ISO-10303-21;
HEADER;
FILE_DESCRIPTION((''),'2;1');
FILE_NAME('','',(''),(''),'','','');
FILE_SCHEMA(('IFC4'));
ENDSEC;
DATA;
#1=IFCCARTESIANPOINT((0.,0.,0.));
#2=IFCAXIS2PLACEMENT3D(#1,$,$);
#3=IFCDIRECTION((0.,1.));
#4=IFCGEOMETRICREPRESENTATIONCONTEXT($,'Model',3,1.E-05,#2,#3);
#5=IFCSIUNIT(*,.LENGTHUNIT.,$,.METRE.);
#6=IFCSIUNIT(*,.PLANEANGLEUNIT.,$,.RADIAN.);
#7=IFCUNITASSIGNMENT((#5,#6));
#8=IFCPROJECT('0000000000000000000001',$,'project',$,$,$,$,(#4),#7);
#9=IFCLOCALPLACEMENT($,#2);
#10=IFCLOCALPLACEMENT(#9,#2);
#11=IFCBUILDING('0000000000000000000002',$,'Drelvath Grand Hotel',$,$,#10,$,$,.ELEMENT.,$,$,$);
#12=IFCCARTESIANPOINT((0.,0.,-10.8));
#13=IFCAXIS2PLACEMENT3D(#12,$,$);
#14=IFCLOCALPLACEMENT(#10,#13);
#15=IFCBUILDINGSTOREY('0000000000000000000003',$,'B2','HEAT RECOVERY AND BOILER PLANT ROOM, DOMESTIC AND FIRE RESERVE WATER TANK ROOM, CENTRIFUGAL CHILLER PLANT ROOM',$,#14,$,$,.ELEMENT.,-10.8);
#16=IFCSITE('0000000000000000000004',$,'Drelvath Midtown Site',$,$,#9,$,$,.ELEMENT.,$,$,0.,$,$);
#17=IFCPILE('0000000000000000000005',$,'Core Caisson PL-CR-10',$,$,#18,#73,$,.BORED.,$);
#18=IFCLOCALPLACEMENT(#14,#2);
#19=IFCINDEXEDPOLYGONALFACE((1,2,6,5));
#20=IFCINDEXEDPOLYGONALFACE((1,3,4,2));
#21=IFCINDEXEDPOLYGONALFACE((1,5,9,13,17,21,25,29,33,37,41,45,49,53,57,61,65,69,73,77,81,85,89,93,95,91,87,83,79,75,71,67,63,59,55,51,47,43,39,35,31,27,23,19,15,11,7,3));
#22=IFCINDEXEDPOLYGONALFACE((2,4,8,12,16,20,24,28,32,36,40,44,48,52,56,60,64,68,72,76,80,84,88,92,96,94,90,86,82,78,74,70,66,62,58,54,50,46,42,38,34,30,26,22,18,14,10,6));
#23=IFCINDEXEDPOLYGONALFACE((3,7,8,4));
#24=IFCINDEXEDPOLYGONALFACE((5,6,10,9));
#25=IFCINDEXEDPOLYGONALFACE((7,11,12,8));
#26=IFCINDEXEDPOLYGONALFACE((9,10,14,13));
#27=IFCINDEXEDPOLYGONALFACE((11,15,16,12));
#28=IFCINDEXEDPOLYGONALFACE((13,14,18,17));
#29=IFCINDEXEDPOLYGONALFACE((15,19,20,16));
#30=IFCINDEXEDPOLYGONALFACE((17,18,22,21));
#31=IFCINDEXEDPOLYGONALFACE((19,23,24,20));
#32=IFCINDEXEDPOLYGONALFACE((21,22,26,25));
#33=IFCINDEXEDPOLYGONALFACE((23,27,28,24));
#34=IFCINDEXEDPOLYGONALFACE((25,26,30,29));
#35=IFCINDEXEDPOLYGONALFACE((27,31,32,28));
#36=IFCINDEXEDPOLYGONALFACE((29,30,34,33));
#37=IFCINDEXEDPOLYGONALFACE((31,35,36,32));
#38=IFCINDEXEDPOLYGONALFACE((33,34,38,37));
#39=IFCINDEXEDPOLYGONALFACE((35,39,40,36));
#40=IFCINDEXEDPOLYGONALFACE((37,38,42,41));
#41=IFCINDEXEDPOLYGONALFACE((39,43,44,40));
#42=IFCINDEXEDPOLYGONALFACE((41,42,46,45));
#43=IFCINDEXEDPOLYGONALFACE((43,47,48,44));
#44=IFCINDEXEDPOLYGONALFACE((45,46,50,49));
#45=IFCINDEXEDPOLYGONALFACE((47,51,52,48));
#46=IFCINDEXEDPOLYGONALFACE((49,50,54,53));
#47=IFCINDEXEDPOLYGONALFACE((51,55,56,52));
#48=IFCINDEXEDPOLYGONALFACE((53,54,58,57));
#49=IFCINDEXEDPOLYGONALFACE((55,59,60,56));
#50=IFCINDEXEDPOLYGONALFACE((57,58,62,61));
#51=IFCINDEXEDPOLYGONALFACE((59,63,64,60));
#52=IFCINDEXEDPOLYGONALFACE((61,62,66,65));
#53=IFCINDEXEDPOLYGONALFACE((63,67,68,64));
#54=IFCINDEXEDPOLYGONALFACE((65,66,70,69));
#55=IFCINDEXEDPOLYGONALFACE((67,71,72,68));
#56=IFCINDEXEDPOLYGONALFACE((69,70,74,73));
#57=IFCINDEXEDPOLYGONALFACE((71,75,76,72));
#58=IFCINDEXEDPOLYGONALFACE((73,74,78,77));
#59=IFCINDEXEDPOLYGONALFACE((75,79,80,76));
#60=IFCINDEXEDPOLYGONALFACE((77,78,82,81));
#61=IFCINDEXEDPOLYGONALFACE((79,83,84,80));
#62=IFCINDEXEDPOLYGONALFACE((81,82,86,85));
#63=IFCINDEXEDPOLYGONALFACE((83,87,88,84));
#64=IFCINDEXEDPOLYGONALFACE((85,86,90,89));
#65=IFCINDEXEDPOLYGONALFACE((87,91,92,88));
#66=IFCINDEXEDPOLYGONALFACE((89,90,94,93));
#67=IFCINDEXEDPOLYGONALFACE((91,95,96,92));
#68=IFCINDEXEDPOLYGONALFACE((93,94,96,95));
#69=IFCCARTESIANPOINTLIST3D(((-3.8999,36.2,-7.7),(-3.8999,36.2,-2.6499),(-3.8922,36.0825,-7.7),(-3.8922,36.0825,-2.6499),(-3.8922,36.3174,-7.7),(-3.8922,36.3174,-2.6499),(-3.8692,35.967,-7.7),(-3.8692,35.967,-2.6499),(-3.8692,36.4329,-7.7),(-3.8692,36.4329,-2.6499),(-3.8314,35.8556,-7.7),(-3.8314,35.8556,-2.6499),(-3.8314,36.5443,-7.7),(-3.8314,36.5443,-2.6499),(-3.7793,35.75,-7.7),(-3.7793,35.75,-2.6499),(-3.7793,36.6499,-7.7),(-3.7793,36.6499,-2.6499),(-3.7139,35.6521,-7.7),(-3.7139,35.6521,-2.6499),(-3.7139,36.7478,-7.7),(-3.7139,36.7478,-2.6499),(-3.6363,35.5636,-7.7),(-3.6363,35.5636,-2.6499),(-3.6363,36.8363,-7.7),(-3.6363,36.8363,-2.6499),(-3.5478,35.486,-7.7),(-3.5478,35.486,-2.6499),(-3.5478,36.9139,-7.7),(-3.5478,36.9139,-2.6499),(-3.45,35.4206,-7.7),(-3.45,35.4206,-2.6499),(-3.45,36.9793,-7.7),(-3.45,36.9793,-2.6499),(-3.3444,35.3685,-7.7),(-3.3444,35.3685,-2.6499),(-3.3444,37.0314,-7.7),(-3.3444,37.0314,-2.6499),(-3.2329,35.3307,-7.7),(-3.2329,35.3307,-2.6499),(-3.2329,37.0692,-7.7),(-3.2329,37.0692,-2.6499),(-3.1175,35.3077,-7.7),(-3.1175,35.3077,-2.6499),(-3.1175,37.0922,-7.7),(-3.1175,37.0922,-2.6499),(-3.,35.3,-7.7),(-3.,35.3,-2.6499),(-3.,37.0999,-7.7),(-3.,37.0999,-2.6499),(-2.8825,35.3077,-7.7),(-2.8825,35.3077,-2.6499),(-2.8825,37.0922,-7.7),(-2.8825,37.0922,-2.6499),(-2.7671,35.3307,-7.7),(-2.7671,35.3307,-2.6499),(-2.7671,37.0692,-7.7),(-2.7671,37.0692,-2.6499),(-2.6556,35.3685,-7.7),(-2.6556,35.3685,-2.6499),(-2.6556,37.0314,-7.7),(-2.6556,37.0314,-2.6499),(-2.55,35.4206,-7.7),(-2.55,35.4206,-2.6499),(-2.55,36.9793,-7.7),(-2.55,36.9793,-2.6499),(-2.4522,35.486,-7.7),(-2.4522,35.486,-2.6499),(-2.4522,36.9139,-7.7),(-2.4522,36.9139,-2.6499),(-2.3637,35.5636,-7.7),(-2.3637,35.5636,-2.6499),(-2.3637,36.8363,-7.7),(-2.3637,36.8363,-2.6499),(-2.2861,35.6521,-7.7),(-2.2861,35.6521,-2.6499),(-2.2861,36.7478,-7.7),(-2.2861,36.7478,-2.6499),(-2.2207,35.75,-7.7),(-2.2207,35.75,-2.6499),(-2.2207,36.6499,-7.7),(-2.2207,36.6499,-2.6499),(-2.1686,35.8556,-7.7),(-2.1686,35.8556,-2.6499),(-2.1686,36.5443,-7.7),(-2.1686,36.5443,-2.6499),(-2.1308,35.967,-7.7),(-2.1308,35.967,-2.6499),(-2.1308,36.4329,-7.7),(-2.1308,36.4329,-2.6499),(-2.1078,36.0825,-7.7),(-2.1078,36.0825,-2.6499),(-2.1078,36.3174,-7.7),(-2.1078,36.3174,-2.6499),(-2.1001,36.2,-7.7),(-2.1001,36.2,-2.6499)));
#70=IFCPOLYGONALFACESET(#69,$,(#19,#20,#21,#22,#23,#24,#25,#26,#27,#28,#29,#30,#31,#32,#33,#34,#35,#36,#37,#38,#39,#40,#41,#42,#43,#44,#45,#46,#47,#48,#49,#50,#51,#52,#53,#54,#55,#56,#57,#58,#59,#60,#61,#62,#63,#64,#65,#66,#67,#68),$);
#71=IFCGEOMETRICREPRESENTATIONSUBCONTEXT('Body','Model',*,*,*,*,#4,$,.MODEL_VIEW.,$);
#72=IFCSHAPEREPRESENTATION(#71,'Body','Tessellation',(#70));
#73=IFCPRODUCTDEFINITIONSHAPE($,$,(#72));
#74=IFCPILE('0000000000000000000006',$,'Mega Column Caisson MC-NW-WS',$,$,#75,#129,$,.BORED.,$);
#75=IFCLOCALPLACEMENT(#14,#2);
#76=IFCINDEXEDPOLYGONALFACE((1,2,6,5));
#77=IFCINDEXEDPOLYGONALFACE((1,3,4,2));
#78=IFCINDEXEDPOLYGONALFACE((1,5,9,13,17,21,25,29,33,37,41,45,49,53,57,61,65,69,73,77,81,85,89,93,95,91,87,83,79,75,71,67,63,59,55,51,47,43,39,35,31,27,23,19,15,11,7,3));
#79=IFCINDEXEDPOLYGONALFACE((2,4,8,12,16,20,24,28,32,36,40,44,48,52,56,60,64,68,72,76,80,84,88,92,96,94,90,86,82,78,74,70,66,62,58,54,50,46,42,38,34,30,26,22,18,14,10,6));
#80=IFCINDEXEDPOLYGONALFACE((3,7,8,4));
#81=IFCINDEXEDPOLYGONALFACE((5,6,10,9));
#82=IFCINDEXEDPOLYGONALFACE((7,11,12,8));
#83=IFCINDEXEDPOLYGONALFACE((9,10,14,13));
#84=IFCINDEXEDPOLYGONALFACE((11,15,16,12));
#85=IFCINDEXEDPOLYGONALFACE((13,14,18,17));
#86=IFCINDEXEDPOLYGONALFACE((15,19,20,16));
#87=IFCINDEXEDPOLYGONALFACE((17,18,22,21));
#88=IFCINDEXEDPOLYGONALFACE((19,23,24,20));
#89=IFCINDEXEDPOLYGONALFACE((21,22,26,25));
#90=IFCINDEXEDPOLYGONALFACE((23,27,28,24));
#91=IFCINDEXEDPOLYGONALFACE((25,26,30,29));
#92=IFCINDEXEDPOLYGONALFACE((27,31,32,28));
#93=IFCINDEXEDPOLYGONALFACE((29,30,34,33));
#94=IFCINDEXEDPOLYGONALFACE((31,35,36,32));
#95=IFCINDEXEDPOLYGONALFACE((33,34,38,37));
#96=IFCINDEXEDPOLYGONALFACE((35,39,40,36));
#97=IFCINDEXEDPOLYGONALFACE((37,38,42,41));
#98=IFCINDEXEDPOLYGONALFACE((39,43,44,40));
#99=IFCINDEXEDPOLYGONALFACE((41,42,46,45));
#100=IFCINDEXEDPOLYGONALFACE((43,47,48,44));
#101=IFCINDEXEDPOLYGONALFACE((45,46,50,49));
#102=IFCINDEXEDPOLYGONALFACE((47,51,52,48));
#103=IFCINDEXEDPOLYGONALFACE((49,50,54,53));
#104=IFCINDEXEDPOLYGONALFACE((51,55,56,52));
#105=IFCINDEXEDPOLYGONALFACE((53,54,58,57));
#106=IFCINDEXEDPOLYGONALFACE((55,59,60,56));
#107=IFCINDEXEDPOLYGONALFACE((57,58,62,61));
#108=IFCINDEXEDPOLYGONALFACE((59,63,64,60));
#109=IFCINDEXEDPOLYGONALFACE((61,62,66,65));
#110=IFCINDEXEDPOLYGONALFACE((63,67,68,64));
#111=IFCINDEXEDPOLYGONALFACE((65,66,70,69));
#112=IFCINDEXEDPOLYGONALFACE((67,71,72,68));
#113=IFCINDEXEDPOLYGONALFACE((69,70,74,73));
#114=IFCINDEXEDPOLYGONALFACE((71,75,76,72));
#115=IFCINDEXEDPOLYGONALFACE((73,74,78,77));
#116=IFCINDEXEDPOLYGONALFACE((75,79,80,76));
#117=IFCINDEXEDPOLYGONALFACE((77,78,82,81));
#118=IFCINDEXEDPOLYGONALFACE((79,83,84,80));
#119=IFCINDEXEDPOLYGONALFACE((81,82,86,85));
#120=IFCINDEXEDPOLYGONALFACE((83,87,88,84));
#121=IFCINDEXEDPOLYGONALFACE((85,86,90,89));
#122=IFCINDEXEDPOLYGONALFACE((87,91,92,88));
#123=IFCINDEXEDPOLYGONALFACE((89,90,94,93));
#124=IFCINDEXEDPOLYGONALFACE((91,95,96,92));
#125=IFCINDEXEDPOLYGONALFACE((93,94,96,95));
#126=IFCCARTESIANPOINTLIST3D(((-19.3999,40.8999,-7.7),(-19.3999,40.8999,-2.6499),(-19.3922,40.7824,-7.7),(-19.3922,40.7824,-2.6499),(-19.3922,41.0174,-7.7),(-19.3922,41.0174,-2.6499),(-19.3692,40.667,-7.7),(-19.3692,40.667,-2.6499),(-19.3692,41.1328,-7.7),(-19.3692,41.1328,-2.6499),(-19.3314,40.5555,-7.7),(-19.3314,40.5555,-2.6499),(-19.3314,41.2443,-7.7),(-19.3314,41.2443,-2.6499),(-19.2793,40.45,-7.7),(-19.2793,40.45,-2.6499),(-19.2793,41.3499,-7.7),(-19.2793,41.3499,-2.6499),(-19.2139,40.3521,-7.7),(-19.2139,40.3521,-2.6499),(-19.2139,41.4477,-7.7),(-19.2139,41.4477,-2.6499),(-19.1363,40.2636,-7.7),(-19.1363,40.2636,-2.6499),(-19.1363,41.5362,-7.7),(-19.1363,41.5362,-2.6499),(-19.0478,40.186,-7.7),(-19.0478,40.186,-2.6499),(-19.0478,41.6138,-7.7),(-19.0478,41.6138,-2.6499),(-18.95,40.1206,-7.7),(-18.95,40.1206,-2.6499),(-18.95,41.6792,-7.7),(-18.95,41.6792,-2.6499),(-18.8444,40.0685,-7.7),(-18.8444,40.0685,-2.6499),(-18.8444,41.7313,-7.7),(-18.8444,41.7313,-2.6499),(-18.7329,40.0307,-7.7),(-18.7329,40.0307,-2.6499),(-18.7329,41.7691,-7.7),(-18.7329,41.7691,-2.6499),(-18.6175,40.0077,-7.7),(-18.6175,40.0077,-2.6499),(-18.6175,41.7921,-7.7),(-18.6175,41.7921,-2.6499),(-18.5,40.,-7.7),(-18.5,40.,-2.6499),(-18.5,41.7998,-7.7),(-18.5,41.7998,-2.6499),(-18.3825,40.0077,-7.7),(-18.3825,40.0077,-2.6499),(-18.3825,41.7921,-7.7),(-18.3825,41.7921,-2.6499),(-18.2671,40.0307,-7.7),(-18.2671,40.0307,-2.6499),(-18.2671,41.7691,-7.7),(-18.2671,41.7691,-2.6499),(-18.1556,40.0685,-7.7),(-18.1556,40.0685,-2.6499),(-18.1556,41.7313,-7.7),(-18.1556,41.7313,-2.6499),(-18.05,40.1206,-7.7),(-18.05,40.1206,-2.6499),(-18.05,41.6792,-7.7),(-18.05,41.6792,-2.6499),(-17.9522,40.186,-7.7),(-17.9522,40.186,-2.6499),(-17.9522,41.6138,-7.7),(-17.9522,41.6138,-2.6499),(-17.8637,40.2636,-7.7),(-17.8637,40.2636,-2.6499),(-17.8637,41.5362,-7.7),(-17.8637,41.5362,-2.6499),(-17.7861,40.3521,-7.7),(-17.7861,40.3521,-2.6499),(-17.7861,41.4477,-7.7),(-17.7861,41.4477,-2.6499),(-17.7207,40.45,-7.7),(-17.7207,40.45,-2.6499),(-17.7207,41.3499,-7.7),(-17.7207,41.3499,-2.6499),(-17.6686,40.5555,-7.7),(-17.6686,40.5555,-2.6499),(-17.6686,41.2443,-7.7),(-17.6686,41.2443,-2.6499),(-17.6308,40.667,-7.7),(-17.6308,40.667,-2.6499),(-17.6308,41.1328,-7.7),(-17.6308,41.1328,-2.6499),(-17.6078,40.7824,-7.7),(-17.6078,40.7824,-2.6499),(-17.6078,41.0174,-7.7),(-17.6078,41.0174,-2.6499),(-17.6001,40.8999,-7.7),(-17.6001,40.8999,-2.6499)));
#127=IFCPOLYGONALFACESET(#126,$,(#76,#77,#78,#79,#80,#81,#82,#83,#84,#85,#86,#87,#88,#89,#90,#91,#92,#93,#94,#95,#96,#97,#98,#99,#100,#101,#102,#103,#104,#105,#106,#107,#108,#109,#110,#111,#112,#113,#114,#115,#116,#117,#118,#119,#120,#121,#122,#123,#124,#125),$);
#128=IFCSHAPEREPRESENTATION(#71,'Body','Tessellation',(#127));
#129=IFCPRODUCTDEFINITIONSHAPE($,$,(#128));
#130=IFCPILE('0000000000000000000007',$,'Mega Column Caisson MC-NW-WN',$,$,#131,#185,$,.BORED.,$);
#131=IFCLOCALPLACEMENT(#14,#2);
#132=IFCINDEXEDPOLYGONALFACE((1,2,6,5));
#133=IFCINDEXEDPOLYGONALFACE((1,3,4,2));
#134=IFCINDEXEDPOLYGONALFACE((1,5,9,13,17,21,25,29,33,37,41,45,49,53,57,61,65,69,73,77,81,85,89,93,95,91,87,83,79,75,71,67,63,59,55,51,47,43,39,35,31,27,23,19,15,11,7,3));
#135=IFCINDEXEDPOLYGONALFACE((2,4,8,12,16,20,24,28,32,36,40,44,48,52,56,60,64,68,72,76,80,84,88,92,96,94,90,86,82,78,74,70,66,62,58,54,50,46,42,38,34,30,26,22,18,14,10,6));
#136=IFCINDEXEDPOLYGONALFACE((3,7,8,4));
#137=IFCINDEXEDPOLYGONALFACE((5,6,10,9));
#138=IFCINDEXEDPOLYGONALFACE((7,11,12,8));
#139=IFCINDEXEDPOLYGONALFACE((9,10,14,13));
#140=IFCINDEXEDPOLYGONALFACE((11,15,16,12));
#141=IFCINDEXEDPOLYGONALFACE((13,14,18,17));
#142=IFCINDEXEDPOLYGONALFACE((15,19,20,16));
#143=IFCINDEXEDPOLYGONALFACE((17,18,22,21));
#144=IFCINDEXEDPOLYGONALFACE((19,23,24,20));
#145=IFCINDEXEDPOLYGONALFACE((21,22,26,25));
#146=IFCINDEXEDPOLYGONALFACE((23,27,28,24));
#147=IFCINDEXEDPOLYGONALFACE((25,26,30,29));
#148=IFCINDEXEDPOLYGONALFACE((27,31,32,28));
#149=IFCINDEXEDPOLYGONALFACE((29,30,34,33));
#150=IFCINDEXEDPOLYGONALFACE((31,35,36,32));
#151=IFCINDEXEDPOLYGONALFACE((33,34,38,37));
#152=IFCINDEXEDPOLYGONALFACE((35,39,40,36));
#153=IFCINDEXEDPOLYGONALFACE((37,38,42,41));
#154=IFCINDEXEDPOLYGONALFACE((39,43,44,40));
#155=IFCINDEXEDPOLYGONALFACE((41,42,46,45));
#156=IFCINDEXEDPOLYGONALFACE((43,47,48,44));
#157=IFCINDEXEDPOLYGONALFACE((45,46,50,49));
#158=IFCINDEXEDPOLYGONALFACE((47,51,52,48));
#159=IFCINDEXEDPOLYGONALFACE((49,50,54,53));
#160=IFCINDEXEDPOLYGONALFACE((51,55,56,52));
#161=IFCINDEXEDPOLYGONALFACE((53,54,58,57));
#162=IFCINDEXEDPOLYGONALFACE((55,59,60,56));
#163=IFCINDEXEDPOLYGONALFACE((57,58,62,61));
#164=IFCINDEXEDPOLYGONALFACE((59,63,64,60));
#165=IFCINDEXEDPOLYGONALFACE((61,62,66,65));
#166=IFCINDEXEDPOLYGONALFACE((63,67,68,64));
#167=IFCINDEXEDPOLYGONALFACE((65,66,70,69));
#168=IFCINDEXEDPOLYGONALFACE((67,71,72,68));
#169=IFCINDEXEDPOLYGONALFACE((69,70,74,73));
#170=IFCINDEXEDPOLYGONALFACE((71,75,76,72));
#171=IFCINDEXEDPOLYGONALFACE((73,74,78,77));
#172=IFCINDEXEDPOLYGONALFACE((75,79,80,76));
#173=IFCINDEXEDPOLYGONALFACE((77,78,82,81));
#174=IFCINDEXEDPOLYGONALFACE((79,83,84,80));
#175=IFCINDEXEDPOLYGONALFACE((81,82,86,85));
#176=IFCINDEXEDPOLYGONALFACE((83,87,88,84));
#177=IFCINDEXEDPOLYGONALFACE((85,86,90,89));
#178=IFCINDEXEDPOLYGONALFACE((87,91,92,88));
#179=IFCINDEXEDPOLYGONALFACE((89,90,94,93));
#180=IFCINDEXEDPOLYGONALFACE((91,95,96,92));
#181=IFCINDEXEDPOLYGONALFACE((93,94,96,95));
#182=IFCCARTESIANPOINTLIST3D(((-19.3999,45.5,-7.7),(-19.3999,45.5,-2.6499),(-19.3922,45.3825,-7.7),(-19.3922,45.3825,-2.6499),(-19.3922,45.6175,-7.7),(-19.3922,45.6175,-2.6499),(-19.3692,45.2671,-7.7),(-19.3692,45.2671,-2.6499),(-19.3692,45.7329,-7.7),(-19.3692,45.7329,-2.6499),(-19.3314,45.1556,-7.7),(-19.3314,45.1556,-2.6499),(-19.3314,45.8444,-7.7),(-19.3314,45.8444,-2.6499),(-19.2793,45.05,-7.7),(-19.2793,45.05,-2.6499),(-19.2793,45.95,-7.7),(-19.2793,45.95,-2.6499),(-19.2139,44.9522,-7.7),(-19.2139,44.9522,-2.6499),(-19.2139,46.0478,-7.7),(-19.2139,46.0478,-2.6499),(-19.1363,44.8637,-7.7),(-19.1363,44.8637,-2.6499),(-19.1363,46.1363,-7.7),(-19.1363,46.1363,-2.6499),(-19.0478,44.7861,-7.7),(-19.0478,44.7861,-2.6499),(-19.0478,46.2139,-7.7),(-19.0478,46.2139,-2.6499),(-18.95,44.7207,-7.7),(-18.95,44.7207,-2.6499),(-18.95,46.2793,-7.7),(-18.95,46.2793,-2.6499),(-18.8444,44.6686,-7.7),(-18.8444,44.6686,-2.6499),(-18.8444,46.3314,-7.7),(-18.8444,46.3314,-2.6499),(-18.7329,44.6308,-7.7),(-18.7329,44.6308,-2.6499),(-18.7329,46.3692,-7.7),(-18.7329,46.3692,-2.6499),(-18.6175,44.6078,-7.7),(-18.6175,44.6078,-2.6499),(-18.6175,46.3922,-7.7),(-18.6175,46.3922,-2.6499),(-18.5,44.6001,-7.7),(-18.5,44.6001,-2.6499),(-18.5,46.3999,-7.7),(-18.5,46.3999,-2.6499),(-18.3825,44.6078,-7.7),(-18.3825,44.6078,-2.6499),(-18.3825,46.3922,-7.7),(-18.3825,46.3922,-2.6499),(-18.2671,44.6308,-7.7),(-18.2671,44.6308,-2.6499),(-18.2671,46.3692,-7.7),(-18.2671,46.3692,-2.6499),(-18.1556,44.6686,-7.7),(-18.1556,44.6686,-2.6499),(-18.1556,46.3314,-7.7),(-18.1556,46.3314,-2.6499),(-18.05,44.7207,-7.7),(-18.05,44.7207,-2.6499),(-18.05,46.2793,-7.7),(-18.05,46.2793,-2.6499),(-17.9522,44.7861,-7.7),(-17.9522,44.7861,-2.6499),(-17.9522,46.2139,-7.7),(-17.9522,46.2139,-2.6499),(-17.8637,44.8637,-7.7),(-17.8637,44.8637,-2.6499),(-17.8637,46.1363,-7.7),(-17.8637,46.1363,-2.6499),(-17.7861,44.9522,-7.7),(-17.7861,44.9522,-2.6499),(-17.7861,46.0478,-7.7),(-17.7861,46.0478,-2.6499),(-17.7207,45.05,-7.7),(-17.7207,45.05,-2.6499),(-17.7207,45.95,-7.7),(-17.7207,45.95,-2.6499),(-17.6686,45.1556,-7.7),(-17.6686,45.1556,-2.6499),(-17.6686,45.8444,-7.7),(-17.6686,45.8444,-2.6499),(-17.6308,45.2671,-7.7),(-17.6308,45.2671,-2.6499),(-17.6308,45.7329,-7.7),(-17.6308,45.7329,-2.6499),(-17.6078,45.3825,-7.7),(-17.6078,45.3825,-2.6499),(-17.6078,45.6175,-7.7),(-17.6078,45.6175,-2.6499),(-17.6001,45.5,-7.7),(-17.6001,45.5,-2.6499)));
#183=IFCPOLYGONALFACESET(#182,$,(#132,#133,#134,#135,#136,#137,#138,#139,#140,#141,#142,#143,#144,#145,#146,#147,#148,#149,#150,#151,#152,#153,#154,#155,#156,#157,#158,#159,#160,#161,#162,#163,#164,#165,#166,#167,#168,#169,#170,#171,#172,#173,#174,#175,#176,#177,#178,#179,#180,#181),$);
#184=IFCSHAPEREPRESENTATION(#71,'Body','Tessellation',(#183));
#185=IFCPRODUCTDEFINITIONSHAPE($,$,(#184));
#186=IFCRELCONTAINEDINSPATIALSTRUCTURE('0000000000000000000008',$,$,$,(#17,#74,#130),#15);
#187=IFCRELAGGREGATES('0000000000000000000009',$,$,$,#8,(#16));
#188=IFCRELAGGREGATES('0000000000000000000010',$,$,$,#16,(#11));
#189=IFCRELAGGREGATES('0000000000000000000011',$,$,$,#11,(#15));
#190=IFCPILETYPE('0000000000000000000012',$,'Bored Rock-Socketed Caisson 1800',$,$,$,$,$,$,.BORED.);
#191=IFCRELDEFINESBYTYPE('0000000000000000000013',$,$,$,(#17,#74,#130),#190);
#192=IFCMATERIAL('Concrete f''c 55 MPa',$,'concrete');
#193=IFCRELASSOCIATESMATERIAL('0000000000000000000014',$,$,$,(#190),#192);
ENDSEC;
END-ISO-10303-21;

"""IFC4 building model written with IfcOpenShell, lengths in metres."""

from ifc_helpers import new_model, si_unit, direction, frame, origin, origin_2d, place, context, subcontext, project, spatial, circle, extrude, material, material_profile, profile_set, type_object, element, save


model = new_model("IFC4")

# Units and contexts
model_context = context("Model", 3, precision=1e-05, world=origin(), true_north=direction((0.0, 1.0)))
body_context = subcontext(model_context, "Body", "Model", "MODEL_VIEW")
ifc_project = project(units=[si_unit("LENGTHUNIT", "METRE"), si_unit("PLANEANGLEUNIT", "RADIAN")], contexts=[model_context])

# Site, building, storey
site_placement = place(None, origin())
site = spatial("IfcSite", under=ifc_project, at=site_placement, Name="Drelvath Midtown Site", CompositionType="ELEMENT", RefElevation=0.0)
building_placement = place(site_placement, origin())
building = spatial("IfcBuilding", under=site, at=building_placement, Name="Drelvath Grand Hotel", CompositionType="ELEMENT")
storey_placement = place(building_placement, frame((0.0, 0.0, -10.8)))
storey = spatial("IfcBuildingStorey", under=building, at=storey_placement, Name="B2", Description="HEAT RECOVERY AND BOILER PLANT ROOM, DOMESTIC AND FIRE RESERVE WATER TANK ROOM, CENTRIFUGAL CHILLER PLANT ROOM", CompositionType="ELEMENT", Elevation=-10.8)

# Piles
ifc_material_1 = material(Name="Concrete f'c 55 MPa", Category="concrete")
ifc_material_profile_1 = material_profile(ifc_material_1, circle(Radius=0.8999, at=origin_2d()), Name="CAISSON1800")
ifc_profile_set_1 = profile_set([ifc_material_profile_1], Name="Concrete f'c 55 MPa")
pile_type_1 = type_object("IfcPileType", Name="Bored Rock-Socketed Caisson 1800", PredefinedType="BORED", material=ifc_profile_set_1)
for number, where, z_axis, x_axis, name in (
    (1, (-3.0, 36.2, -2.6499), (0.0, 0.0, -1.0), (1.0, 0.0, 0.0), "Core Caisson PL-CR-10"),
    (2, (-18.5, 40.8999, -2.6499), (0.0, 0.0, -1.0), (1.0, 0.0, 0.0), "Mega Column Caisson MC-NW-WS"),
    (3, (-18.5, 45.5, -2.6499), (0.0, 0.0, -1.0), (1.0, 0.0, 0.0), "Mega Column Caisson MC-NW-WN"),
):
    element("IfcPile", number, at=place(storey_placement, frame(where, z_axis=z_axis, x_axis=x_axis)), inside=storey, type_object=pile_type_1, Name=name, PredefinedType="BORED", context=body_context, shape_type="SweptSolid", body=[
        extrude(circle(Radius=0.8999, at=origin_2d()), origin(), (0.0, 0.0, 1.0), 5.05),
    ])

save(model, "model.ifc")
